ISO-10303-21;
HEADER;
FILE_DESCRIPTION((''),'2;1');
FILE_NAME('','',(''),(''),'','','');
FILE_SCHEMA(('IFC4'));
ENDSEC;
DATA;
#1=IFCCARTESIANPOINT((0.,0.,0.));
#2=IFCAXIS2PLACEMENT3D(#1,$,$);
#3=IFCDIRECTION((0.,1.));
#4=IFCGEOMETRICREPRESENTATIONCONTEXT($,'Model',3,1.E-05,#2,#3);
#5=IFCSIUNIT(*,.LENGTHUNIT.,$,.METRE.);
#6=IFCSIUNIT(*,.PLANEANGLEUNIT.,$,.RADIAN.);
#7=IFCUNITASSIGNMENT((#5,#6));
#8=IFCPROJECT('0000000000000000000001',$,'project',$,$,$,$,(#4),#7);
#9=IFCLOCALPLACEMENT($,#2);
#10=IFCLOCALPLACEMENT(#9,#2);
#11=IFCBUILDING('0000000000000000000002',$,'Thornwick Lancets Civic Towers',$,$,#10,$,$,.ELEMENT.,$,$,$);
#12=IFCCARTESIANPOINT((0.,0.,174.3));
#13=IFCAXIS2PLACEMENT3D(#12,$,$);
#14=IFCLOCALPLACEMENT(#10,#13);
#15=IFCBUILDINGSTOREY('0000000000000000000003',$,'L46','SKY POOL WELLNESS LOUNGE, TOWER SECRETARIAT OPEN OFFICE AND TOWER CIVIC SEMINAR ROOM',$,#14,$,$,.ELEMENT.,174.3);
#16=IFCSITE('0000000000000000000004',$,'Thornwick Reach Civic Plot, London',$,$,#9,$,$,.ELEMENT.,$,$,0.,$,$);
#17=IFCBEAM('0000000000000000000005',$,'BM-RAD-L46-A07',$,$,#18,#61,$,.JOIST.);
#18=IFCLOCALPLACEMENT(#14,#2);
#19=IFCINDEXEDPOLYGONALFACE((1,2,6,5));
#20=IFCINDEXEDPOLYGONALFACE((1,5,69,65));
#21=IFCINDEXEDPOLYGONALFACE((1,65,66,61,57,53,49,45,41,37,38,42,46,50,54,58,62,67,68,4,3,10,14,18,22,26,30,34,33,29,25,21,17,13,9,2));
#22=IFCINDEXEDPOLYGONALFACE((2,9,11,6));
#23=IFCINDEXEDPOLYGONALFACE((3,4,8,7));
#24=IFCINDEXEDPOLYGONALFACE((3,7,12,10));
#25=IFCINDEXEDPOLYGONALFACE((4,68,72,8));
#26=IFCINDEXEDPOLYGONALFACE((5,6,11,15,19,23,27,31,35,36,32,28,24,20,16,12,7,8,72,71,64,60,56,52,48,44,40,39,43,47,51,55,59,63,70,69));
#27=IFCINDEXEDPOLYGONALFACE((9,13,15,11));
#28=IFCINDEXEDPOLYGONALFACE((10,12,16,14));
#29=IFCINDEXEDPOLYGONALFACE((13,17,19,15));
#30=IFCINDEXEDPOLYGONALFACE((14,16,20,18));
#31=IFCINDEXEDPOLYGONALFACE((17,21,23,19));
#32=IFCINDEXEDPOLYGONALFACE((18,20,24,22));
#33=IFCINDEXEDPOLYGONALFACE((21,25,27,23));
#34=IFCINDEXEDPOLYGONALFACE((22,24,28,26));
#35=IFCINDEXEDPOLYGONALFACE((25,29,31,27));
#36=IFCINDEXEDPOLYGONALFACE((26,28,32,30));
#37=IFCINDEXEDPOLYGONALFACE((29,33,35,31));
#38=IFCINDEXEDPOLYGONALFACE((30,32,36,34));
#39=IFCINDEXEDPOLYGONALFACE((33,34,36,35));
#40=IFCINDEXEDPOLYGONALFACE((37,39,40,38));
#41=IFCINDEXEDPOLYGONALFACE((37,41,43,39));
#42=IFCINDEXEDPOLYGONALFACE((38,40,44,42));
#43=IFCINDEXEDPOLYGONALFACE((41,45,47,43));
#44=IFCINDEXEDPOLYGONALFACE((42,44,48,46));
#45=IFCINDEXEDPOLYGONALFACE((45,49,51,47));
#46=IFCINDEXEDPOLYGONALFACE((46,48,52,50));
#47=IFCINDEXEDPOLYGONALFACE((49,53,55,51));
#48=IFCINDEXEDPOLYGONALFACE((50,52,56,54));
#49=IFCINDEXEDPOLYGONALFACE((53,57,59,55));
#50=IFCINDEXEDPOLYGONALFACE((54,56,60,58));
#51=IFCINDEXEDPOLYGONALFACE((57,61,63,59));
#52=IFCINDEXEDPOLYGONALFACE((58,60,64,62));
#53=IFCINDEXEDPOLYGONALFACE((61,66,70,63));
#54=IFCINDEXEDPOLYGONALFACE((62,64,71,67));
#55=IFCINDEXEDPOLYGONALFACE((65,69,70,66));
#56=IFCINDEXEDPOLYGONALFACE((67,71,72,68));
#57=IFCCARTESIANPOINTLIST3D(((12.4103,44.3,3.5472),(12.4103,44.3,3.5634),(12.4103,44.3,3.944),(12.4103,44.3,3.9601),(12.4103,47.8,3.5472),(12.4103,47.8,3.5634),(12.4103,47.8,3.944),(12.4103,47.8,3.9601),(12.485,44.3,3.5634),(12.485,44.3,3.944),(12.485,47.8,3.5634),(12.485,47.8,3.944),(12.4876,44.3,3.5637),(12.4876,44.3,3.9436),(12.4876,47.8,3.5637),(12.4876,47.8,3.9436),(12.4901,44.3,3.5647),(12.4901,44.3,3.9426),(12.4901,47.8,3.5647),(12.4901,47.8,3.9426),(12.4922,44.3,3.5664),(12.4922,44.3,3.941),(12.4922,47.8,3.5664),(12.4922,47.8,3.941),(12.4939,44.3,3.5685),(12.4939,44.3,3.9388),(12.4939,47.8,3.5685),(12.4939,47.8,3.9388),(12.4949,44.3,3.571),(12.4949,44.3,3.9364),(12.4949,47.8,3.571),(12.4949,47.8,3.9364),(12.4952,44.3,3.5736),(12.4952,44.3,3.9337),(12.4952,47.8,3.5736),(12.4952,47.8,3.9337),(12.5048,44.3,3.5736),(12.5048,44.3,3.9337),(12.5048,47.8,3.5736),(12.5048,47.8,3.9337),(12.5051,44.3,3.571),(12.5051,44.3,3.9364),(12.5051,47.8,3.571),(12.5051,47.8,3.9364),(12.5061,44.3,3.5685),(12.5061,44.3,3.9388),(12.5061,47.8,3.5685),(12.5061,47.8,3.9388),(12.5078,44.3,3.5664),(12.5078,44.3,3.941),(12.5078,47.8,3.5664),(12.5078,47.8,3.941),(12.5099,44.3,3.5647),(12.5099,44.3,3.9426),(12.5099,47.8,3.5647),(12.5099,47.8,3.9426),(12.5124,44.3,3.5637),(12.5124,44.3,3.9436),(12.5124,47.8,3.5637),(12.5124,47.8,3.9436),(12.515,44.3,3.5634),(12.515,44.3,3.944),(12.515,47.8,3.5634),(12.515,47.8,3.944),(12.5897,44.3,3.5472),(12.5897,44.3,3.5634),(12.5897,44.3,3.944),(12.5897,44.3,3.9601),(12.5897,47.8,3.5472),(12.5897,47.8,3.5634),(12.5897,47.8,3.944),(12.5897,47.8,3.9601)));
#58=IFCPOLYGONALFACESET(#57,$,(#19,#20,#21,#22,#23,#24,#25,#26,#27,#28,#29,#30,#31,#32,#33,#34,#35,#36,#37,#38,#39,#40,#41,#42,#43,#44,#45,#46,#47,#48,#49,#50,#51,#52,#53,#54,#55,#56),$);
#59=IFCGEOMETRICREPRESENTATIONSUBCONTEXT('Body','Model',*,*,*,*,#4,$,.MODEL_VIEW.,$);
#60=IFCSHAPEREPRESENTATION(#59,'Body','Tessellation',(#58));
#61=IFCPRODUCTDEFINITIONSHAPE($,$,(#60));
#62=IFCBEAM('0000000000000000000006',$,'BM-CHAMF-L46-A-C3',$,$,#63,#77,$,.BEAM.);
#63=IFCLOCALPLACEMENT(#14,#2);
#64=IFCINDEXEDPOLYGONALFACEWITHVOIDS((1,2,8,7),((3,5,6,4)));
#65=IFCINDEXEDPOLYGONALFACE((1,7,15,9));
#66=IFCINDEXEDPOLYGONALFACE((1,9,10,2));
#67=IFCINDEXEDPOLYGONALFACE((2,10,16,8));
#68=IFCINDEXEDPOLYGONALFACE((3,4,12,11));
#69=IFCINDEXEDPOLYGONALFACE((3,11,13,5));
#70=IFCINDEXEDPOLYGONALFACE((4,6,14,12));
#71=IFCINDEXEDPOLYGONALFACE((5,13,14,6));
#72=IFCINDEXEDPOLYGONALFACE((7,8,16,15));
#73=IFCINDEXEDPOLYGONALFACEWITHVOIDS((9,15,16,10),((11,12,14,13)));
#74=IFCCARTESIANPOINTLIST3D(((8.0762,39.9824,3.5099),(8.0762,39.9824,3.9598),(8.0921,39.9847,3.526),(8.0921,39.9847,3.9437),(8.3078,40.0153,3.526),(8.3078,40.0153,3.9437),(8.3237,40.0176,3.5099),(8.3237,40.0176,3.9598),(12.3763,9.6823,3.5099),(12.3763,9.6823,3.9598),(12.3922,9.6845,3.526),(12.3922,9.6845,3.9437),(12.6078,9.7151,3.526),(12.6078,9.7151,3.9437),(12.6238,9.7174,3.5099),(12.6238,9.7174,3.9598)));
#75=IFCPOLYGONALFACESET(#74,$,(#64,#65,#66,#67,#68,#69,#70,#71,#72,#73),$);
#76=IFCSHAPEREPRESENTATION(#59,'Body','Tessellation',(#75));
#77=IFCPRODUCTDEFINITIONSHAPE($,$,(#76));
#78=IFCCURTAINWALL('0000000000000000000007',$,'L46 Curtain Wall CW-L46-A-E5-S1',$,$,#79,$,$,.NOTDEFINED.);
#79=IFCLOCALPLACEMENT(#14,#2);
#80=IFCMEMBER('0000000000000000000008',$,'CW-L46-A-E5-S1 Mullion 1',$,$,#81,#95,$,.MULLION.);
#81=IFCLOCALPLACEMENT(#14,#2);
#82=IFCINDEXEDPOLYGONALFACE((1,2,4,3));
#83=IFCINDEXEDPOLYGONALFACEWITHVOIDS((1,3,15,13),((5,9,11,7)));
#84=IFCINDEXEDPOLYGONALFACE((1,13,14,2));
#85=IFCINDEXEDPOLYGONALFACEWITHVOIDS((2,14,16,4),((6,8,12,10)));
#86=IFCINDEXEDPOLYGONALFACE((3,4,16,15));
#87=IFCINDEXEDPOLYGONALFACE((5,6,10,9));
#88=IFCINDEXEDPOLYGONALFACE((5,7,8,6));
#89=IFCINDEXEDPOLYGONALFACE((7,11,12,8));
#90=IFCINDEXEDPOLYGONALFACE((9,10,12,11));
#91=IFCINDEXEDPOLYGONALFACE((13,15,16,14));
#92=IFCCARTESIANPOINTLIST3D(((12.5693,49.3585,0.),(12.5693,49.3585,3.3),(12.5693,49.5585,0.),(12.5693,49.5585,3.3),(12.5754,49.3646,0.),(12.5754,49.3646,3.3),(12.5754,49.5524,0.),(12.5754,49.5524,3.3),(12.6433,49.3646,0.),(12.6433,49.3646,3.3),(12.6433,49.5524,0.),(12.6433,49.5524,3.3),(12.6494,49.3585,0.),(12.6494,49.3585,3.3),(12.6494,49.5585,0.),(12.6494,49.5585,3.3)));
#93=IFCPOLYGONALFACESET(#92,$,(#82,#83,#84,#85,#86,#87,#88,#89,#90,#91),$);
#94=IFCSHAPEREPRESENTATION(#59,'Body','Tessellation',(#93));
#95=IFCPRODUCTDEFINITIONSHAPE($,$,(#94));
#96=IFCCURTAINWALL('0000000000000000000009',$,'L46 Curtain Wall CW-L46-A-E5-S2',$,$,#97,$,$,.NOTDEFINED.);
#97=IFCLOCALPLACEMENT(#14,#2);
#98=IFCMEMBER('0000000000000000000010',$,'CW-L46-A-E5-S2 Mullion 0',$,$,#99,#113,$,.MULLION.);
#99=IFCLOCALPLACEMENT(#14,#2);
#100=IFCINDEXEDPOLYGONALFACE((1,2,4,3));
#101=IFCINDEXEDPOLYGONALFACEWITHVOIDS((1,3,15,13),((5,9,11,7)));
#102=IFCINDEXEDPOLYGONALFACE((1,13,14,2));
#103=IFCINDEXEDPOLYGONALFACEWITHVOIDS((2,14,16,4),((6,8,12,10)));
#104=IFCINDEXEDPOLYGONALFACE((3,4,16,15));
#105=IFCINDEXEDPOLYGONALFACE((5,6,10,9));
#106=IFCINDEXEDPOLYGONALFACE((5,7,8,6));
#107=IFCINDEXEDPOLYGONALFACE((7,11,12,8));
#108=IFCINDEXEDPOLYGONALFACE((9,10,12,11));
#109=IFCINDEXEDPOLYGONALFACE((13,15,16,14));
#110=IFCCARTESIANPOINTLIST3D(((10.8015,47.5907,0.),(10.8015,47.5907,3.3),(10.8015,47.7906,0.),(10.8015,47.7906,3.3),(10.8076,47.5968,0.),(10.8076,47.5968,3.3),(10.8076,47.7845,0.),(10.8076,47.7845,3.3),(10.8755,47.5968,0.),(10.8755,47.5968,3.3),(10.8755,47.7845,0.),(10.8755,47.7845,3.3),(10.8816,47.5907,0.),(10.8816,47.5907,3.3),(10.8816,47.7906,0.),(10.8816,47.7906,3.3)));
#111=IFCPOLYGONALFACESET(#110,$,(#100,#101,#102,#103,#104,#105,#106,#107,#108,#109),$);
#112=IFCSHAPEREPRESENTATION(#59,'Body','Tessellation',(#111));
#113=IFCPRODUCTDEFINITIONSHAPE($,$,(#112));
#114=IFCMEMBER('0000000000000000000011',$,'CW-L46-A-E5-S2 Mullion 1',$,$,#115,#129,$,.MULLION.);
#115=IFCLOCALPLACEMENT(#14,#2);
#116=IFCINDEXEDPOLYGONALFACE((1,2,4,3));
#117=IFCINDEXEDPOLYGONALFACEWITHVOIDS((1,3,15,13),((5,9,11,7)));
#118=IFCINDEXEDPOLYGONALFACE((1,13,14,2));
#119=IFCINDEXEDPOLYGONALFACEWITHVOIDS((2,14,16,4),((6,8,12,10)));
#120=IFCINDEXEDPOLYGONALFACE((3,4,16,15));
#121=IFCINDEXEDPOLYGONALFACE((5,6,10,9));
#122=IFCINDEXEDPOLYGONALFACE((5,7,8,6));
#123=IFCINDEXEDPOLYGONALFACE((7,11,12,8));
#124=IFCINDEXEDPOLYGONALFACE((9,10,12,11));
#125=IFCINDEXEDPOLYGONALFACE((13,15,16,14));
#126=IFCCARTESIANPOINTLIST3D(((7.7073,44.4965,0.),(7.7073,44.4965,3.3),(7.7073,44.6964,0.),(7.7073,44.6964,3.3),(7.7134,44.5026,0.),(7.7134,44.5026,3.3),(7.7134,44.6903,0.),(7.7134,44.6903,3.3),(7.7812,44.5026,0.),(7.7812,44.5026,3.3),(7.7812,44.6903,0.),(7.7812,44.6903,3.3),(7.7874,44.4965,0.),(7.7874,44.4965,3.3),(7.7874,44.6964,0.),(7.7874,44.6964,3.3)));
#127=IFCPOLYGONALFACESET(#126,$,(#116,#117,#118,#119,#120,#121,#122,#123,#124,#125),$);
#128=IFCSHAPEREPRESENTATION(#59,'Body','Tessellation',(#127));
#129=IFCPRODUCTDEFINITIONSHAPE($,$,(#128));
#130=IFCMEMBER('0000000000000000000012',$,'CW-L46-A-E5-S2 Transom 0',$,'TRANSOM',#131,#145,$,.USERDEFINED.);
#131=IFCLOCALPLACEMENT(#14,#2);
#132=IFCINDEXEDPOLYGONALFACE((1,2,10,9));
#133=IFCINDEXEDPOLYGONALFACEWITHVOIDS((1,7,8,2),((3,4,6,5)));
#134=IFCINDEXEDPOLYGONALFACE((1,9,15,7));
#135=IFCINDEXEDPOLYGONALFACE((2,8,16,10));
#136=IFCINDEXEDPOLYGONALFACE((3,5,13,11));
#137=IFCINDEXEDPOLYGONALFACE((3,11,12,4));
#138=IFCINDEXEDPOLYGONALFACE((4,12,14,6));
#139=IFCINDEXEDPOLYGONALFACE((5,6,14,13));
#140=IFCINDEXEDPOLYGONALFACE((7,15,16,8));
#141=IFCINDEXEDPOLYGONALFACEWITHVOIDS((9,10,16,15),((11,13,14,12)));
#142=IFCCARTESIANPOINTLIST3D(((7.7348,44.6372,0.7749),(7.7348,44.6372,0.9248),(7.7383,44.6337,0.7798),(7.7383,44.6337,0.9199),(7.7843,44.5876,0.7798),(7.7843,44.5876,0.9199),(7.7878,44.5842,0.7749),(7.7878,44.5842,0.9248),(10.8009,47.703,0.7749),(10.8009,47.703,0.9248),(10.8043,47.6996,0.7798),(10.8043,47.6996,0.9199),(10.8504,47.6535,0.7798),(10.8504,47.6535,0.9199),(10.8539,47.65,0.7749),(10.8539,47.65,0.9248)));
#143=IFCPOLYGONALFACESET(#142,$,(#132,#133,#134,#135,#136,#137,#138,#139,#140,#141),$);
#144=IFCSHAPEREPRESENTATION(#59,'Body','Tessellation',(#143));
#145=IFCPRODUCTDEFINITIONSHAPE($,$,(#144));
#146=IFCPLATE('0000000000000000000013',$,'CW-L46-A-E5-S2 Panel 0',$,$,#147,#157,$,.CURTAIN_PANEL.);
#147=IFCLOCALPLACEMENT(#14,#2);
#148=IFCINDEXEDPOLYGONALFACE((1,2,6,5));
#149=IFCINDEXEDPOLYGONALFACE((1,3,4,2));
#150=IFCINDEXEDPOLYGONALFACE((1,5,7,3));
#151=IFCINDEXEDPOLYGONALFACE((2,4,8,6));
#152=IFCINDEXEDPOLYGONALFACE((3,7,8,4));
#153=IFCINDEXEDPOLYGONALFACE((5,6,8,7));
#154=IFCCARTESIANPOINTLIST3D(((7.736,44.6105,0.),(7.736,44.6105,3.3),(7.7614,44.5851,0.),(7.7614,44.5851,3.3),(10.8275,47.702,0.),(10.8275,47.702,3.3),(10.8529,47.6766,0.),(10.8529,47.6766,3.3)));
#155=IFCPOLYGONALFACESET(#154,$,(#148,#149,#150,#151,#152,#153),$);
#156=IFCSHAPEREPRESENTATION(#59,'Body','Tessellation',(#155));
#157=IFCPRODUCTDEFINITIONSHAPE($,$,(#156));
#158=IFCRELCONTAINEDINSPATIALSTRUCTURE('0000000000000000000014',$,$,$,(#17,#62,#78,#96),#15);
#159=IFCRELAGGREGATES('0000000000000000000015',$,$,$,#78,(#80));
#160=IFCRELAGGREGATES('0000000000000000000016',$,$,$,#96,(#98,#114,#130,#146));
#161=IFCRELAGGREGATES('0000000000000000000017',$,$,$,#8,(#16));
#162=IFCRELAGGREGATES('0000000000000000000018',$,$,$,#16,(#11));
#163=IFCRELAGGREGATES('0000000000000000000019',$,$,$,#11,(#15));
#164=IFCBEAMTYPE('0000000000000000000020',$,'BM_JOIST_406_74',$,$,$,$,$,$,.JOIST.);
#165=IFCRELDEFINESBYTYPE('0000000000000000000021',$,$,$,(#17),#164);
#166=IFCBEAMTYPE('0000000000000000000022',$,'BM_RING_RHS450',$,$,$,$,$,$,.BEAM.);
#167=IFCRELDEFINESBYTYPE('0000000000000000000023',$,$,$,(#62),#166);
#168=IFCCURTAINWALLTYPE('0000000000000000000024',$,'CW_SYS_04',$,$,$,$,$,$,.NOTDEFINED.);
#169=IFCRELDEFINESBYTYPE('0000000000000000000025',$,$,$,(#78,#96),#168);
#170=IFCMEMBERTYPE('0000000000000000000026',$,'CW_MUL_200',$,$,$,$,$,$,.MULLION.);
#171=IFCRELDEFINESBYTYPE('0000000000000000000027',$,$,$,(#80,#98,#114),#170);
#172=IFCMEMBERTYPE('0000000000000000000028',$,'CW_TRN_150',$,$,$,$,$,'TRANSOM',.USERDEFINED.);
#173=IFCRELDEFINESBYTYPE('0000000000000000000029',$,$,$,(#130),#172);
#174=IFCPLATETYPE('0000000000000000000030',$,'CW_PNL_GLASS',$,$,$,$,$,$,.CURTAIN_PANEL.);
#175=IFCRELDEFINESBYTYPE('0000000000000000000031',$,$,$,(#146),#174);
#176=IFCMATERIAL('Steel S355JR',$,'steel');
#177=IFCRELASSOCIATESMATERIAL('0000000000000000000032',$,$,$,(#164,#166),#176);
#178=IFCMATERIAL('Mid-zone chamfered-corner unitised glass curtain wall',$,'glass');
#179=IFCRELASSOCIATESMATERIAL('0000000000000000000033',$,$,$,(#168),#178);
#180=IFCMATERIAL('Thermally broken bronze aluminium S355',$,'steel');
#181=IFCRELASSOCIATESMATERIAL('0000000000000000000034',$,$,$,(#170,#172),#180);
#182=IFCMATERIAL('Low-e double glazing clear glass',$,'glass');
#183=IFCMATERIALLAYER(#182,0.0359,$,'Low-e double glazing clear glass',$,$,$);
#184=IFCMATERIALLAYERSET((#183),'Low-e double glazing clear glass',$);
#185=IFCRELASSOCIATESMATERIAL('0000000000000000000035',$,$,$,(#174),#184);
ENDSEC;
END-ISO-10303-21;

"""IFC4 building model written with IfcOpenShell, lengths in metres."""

from ifc_helpers import new_model, si_unit, direction, frame, origin, origin_2d, place, context, subcontext, project, spatial, rectangle, hollow_rectangle, i_section, extrude, material, layer, layer_set, material_profile, profile_set, type_object, element, aggregate, save


model = new_model("IFC4")

# Units and contexts
model_context = context("Model", 3, precision=1e-05, world=origin(), true_north=direction((0.0, 1.0)))
body_context = subcontext(model_context, "Body", "Model", "MODEL_VIEW")
ifc_project = project(units=[si_unit("LENGTHUNIT", "METRE"), si_unit("PLANEANGLEUNIT", "RADIAN")], contexts=[model_context])

# Site, building, storey
site_placement = place(None, origin())
site = spatial("IfcSite", under=ifc_project, at=site_placement, Name="Thornwick Reach Civic Plot, London", CompositionType="ELEMENT", RefElevation=0.0)
building_placement = place(site_placement, origin())
building = spatial("IfcBuilding", under=site, at=building_placement, Name="Thornwick Lancets Civic Towers", CompositionType="ELEMENT")
storey_placement = place(building_placement, frame((0.0, 0.0, 174.3)))
storey = spatial("IfcBuildingStorey", under=building, at=storey_placement, Name="L46", Description="SKY POOL WELLNESS LOUNGE, TOWER SECRETARIAT OPEN OFFICE AND TOWER CIVIC SEMINAR ROOM", CompositionType="ELEMENT", Elevation=174.3)

# Beams
ifc_material_1 = material(Name="Steel S355JR", Category="steel")
ifc_material_profile_1 = material_profile(ifc_material_1, i_section(OverallWidth=0.1794, OverallDepth=0.4128, WebThickness=0.0095, FlangeThickness=0.0161, FilletRadius=0.0103, at=origin_2d()), Name="UKB 406x178x74")
ifc_profile_set_1 = profile_set([ifc_material_profile_1], Name="Steel S355JR")
beam_type_1 = type_object("IfcBeamType", Name="BM_JOIST_406_74", PredefinedType="JOIST", material=ifc_profile_set_1)
beam_1_placement = place(storey_placement, frame((12.5, 44.3, 3.7537), z_axis=(0.0, 1.0, 0.0), x_axis=(-1.0, 0.0, 0.0)))
element("IfcBeam", 1, at=beam_1_placement, inside=storey, type_object=beam_type_1, Name="BM-RAD-L46-A07", PredefinedType="JOIST", context=body_context, shape_type="SweptSolid", body=[
    extrude(i_section(OverallWidth=0.1794, OverallDepth=0.4128, WebThickness=0.0095, FlangeThickness=0.0161, FilletRadius=0.0103, at=origin_2d()), origin(), (0.0, 0.0, 1.0), 3.5),
])
ifc_material_profile_2 = material_profile(ifc_material_1, hollow_rectangle(XDim=0.25, YDim=0.45, WallThickness=0.0161, at=origin_2d()), Name="RHS 450x250x16")
ifc_profile_set_2 = profile_set([ifc_material_profile_2], Name="Steel S355JR")
beam_type_2 = type_object("IfcBeamType", Name="BM_RING_RHS450", PredefinedType="BEAM", material=ifc_profile_set_2)
beam_2_placement = place(storey_placement, frame((8.2, 40.0, 3.7349), z_axis=(0.140508, -0.99008, 0.0), x_axis=(0.99008, 0.140508, 0.0)))
element("IfcBeam", 2, at=beam_2_placement, inside=storey, type_object=beam_type_2, Name="BM-CHAMF-L46-A-C3", PredefinedType="BEAM", context=body_context, shape_type="SweptSolid", body=[
    extrude(hollow_rectangle(XDim=0.25, YDim=0.45, WallThickness=0.0161, at=origin_2d()), origin(), (0.0, 0.0, 1.0), 30.6038),
])

# Curtain wall, member
ifc_material_2 = material(Name="Mid-zone chamfered-corner unitised glass curtain wall", Category="glass")
curtain_wall_type = type_object("IfcCurtainWallType", Name="CW_SYS_04", PredefinedType="NOTDEFINED", material=ifc_material_2)
curtain_wall_1_placement = place(storey_placement, origin())
curtain_wall_1 = element("IfcCurtainWall", 3, at=curtain_wall_1_placement, inside=storey, type_object=curtain_wall_type, Name="L46 Curtain Wall CW-L46-A-E5-S1", PredefinedType="NOTDEFINED")
ifc_material_3 = material(Name="Thermally broken bronze aluminium S355", Category="steel")
ifc_material_profile_3 = material_profile(ifc_material_3, hollow_rectangle(XDim=0.0801, YDim=0.2, WallThickness=0.0061, at=origin_2d()), Name="RHS 200x80x6")
ifc_profile_set_3 = profile_set([ifc_material_profile_3], Name="Thermally broken bronze aluminium S355")
member_type_1 = type_object("IfcMemberType", Name="CW_MUL_200", PredefinedType="MULLION", material=ifc_profile_set_3)
member_1_placement = place(storey_placement, frame((12.6094, 49.4585, 0.0), z_axis=(0.0, 0.0, 1.0), x_axis=(1.0, 0.0, 0.0)))
member_1 = element("IfcMember", 4, at=member_1_placement, type_object=member_type_1, Name="CW-L46-A-E5-S1 Mullion 1", PredefinedType="MULLION", context=body_context, shape_type="SweptSolid", body=[
    extrude(hollow_rectangle(XDim=0.0801, YDim=0.2, WallThickness=0.0061, at=origin_2d()), origin(), (0.0, 0.0, 1.0), 3.3),
])
aggregate(curtain_wall_1, [member_1])

# Curtain wall, members, plate
curtain_wall_2_placement = place(storey_placement, origin())
curtain_wall_2 = element("IfcCurtainWall", 5, at=curtain_wall_2_placement, inside=storey, type_object=curtain_wall_type, Name="L46 Curtain Wall CW-L46-A-E5-S2", PredefinedType="NOTDEFINED")
member_2_placement = place(storey_placement, frame((10.8416, 47.6907, 0.0), z_axis=(0.0, 0.0, 1.0), x_axis=(1.0, 0.0, 0.0)))
member_2 = element("IfcMember", 6, at=member_2_placement, type_object=member_type_1, Name="CW-L46-A-E5-S2 Mullion 0", PredefinedType="MULLION", context=body_context, shape_type="SweptSolid", body=[
    extrude(hollow_rectangle(XDim=0.0801, YDim=0.2, WallThickness=0.0061, at=origin_2d()), origin(), (0.0, 0.0, 1.0), 3.3),
])
member_3_placement = place(storey_placement, frame((7.7473, 44.5964, 0.0), z_axis=(0.0, 0.0, 1.0), x_axis=(1.0, 0.0, 0.0)))
member_3 = element("IfcMember", 7, at=member_3_placement, type_object=member_type_1, Name="CW-L46-A-E5-S2 Mullion 1", PredefinedType="MULLION", context=body_context, shape_type="SweptSolid", body=[
    extrude(hollow_rectangle(XDim=0.0801, YDim=0.2, WallThickness=0.0061, at=origin_2d()), origin(), (0.0, 0.0, 1.0), 3.3),
])
ifc_material_profile_4 = material_profile(ifc_material_3, hollow_rectangle(XDim=0.075, YDim=0.1499, WallThickness=0.0049, at=origin_2d()), Name="RHS 150x75x5")
ifc_profile_set_4 = profile_set([ifc_material_profile_4], Name="Thermally broken bronze aluminium S355")
member_type_2 = type_object("IfcMemberType", Name="CW_TRN_150", ElementType="TRANSOM", PredefinedType="USERDEFINED", material=ifc_profile_set_4)
member_4_placement = place(storey_placement, frame((10.8274, 47.6765, 0.8499), z_axis=(-0.707135, -0.707079, 0.0), x_axis=(0.707079, -0.707135, 0.0)))
member_4 = element("IfcMember", 8, at=member_4_placement, type_object=member_type_2, Name="CW-L46-A-E5-S2 Transom 0", ObjectType="TRANSOM", PredefinedType="USERDEFINED", context=body_context, shape_type="SweptSolid", body=[
    extrude(hollow_rectangle(XDim=0.075, YDim=0.1499, WallThickness=0.0049, at=origin_2d()), origin(), (0.0, 0.0, 1.0), 4.3359),
])
ifc_material_4 = material(Name="Low-e double glazing clear glass", Category="glass")
ifc_layer_1 = layer(ifc_material_4, 0.0359, Name="Low-e double glazing clear glass")
ifc_layer_set_1 = layer_set([ifc_layer_1], Name="Low-e double glazing clear glass")
plate_type = type_object("IfcPlateType", Name="CW_PNL_GLASS", PredefinedType="CURTAIN_PANEL", material=ifc_layer_set_1)
plate_placement = place(storey_placement, frame((9.2944, 46.1436, 0.0), z_axis=(0.0, 0.0, 1.0), x_axis=(-0.707107, -0.707107, 0.0)))
plate = element("IfcPlate", 9, at=plate_placement, type_object=plate_type, Name="CW-L46-A-E5-S2 Panel 0", PredefinedType="CURTAIN_PANEL", context=body_context, shape_type="SweptSolid", body=[
    extrude(rectangle(XDim=4.3721, YDim=0.0359, at=origin_2d()), origin(), (0.0, 0.0, 1.0), 3.3),
])
aggregate(curtain_wall_2, [member_2, member_3, member_4, plate])

save(model, "model.ifc")
